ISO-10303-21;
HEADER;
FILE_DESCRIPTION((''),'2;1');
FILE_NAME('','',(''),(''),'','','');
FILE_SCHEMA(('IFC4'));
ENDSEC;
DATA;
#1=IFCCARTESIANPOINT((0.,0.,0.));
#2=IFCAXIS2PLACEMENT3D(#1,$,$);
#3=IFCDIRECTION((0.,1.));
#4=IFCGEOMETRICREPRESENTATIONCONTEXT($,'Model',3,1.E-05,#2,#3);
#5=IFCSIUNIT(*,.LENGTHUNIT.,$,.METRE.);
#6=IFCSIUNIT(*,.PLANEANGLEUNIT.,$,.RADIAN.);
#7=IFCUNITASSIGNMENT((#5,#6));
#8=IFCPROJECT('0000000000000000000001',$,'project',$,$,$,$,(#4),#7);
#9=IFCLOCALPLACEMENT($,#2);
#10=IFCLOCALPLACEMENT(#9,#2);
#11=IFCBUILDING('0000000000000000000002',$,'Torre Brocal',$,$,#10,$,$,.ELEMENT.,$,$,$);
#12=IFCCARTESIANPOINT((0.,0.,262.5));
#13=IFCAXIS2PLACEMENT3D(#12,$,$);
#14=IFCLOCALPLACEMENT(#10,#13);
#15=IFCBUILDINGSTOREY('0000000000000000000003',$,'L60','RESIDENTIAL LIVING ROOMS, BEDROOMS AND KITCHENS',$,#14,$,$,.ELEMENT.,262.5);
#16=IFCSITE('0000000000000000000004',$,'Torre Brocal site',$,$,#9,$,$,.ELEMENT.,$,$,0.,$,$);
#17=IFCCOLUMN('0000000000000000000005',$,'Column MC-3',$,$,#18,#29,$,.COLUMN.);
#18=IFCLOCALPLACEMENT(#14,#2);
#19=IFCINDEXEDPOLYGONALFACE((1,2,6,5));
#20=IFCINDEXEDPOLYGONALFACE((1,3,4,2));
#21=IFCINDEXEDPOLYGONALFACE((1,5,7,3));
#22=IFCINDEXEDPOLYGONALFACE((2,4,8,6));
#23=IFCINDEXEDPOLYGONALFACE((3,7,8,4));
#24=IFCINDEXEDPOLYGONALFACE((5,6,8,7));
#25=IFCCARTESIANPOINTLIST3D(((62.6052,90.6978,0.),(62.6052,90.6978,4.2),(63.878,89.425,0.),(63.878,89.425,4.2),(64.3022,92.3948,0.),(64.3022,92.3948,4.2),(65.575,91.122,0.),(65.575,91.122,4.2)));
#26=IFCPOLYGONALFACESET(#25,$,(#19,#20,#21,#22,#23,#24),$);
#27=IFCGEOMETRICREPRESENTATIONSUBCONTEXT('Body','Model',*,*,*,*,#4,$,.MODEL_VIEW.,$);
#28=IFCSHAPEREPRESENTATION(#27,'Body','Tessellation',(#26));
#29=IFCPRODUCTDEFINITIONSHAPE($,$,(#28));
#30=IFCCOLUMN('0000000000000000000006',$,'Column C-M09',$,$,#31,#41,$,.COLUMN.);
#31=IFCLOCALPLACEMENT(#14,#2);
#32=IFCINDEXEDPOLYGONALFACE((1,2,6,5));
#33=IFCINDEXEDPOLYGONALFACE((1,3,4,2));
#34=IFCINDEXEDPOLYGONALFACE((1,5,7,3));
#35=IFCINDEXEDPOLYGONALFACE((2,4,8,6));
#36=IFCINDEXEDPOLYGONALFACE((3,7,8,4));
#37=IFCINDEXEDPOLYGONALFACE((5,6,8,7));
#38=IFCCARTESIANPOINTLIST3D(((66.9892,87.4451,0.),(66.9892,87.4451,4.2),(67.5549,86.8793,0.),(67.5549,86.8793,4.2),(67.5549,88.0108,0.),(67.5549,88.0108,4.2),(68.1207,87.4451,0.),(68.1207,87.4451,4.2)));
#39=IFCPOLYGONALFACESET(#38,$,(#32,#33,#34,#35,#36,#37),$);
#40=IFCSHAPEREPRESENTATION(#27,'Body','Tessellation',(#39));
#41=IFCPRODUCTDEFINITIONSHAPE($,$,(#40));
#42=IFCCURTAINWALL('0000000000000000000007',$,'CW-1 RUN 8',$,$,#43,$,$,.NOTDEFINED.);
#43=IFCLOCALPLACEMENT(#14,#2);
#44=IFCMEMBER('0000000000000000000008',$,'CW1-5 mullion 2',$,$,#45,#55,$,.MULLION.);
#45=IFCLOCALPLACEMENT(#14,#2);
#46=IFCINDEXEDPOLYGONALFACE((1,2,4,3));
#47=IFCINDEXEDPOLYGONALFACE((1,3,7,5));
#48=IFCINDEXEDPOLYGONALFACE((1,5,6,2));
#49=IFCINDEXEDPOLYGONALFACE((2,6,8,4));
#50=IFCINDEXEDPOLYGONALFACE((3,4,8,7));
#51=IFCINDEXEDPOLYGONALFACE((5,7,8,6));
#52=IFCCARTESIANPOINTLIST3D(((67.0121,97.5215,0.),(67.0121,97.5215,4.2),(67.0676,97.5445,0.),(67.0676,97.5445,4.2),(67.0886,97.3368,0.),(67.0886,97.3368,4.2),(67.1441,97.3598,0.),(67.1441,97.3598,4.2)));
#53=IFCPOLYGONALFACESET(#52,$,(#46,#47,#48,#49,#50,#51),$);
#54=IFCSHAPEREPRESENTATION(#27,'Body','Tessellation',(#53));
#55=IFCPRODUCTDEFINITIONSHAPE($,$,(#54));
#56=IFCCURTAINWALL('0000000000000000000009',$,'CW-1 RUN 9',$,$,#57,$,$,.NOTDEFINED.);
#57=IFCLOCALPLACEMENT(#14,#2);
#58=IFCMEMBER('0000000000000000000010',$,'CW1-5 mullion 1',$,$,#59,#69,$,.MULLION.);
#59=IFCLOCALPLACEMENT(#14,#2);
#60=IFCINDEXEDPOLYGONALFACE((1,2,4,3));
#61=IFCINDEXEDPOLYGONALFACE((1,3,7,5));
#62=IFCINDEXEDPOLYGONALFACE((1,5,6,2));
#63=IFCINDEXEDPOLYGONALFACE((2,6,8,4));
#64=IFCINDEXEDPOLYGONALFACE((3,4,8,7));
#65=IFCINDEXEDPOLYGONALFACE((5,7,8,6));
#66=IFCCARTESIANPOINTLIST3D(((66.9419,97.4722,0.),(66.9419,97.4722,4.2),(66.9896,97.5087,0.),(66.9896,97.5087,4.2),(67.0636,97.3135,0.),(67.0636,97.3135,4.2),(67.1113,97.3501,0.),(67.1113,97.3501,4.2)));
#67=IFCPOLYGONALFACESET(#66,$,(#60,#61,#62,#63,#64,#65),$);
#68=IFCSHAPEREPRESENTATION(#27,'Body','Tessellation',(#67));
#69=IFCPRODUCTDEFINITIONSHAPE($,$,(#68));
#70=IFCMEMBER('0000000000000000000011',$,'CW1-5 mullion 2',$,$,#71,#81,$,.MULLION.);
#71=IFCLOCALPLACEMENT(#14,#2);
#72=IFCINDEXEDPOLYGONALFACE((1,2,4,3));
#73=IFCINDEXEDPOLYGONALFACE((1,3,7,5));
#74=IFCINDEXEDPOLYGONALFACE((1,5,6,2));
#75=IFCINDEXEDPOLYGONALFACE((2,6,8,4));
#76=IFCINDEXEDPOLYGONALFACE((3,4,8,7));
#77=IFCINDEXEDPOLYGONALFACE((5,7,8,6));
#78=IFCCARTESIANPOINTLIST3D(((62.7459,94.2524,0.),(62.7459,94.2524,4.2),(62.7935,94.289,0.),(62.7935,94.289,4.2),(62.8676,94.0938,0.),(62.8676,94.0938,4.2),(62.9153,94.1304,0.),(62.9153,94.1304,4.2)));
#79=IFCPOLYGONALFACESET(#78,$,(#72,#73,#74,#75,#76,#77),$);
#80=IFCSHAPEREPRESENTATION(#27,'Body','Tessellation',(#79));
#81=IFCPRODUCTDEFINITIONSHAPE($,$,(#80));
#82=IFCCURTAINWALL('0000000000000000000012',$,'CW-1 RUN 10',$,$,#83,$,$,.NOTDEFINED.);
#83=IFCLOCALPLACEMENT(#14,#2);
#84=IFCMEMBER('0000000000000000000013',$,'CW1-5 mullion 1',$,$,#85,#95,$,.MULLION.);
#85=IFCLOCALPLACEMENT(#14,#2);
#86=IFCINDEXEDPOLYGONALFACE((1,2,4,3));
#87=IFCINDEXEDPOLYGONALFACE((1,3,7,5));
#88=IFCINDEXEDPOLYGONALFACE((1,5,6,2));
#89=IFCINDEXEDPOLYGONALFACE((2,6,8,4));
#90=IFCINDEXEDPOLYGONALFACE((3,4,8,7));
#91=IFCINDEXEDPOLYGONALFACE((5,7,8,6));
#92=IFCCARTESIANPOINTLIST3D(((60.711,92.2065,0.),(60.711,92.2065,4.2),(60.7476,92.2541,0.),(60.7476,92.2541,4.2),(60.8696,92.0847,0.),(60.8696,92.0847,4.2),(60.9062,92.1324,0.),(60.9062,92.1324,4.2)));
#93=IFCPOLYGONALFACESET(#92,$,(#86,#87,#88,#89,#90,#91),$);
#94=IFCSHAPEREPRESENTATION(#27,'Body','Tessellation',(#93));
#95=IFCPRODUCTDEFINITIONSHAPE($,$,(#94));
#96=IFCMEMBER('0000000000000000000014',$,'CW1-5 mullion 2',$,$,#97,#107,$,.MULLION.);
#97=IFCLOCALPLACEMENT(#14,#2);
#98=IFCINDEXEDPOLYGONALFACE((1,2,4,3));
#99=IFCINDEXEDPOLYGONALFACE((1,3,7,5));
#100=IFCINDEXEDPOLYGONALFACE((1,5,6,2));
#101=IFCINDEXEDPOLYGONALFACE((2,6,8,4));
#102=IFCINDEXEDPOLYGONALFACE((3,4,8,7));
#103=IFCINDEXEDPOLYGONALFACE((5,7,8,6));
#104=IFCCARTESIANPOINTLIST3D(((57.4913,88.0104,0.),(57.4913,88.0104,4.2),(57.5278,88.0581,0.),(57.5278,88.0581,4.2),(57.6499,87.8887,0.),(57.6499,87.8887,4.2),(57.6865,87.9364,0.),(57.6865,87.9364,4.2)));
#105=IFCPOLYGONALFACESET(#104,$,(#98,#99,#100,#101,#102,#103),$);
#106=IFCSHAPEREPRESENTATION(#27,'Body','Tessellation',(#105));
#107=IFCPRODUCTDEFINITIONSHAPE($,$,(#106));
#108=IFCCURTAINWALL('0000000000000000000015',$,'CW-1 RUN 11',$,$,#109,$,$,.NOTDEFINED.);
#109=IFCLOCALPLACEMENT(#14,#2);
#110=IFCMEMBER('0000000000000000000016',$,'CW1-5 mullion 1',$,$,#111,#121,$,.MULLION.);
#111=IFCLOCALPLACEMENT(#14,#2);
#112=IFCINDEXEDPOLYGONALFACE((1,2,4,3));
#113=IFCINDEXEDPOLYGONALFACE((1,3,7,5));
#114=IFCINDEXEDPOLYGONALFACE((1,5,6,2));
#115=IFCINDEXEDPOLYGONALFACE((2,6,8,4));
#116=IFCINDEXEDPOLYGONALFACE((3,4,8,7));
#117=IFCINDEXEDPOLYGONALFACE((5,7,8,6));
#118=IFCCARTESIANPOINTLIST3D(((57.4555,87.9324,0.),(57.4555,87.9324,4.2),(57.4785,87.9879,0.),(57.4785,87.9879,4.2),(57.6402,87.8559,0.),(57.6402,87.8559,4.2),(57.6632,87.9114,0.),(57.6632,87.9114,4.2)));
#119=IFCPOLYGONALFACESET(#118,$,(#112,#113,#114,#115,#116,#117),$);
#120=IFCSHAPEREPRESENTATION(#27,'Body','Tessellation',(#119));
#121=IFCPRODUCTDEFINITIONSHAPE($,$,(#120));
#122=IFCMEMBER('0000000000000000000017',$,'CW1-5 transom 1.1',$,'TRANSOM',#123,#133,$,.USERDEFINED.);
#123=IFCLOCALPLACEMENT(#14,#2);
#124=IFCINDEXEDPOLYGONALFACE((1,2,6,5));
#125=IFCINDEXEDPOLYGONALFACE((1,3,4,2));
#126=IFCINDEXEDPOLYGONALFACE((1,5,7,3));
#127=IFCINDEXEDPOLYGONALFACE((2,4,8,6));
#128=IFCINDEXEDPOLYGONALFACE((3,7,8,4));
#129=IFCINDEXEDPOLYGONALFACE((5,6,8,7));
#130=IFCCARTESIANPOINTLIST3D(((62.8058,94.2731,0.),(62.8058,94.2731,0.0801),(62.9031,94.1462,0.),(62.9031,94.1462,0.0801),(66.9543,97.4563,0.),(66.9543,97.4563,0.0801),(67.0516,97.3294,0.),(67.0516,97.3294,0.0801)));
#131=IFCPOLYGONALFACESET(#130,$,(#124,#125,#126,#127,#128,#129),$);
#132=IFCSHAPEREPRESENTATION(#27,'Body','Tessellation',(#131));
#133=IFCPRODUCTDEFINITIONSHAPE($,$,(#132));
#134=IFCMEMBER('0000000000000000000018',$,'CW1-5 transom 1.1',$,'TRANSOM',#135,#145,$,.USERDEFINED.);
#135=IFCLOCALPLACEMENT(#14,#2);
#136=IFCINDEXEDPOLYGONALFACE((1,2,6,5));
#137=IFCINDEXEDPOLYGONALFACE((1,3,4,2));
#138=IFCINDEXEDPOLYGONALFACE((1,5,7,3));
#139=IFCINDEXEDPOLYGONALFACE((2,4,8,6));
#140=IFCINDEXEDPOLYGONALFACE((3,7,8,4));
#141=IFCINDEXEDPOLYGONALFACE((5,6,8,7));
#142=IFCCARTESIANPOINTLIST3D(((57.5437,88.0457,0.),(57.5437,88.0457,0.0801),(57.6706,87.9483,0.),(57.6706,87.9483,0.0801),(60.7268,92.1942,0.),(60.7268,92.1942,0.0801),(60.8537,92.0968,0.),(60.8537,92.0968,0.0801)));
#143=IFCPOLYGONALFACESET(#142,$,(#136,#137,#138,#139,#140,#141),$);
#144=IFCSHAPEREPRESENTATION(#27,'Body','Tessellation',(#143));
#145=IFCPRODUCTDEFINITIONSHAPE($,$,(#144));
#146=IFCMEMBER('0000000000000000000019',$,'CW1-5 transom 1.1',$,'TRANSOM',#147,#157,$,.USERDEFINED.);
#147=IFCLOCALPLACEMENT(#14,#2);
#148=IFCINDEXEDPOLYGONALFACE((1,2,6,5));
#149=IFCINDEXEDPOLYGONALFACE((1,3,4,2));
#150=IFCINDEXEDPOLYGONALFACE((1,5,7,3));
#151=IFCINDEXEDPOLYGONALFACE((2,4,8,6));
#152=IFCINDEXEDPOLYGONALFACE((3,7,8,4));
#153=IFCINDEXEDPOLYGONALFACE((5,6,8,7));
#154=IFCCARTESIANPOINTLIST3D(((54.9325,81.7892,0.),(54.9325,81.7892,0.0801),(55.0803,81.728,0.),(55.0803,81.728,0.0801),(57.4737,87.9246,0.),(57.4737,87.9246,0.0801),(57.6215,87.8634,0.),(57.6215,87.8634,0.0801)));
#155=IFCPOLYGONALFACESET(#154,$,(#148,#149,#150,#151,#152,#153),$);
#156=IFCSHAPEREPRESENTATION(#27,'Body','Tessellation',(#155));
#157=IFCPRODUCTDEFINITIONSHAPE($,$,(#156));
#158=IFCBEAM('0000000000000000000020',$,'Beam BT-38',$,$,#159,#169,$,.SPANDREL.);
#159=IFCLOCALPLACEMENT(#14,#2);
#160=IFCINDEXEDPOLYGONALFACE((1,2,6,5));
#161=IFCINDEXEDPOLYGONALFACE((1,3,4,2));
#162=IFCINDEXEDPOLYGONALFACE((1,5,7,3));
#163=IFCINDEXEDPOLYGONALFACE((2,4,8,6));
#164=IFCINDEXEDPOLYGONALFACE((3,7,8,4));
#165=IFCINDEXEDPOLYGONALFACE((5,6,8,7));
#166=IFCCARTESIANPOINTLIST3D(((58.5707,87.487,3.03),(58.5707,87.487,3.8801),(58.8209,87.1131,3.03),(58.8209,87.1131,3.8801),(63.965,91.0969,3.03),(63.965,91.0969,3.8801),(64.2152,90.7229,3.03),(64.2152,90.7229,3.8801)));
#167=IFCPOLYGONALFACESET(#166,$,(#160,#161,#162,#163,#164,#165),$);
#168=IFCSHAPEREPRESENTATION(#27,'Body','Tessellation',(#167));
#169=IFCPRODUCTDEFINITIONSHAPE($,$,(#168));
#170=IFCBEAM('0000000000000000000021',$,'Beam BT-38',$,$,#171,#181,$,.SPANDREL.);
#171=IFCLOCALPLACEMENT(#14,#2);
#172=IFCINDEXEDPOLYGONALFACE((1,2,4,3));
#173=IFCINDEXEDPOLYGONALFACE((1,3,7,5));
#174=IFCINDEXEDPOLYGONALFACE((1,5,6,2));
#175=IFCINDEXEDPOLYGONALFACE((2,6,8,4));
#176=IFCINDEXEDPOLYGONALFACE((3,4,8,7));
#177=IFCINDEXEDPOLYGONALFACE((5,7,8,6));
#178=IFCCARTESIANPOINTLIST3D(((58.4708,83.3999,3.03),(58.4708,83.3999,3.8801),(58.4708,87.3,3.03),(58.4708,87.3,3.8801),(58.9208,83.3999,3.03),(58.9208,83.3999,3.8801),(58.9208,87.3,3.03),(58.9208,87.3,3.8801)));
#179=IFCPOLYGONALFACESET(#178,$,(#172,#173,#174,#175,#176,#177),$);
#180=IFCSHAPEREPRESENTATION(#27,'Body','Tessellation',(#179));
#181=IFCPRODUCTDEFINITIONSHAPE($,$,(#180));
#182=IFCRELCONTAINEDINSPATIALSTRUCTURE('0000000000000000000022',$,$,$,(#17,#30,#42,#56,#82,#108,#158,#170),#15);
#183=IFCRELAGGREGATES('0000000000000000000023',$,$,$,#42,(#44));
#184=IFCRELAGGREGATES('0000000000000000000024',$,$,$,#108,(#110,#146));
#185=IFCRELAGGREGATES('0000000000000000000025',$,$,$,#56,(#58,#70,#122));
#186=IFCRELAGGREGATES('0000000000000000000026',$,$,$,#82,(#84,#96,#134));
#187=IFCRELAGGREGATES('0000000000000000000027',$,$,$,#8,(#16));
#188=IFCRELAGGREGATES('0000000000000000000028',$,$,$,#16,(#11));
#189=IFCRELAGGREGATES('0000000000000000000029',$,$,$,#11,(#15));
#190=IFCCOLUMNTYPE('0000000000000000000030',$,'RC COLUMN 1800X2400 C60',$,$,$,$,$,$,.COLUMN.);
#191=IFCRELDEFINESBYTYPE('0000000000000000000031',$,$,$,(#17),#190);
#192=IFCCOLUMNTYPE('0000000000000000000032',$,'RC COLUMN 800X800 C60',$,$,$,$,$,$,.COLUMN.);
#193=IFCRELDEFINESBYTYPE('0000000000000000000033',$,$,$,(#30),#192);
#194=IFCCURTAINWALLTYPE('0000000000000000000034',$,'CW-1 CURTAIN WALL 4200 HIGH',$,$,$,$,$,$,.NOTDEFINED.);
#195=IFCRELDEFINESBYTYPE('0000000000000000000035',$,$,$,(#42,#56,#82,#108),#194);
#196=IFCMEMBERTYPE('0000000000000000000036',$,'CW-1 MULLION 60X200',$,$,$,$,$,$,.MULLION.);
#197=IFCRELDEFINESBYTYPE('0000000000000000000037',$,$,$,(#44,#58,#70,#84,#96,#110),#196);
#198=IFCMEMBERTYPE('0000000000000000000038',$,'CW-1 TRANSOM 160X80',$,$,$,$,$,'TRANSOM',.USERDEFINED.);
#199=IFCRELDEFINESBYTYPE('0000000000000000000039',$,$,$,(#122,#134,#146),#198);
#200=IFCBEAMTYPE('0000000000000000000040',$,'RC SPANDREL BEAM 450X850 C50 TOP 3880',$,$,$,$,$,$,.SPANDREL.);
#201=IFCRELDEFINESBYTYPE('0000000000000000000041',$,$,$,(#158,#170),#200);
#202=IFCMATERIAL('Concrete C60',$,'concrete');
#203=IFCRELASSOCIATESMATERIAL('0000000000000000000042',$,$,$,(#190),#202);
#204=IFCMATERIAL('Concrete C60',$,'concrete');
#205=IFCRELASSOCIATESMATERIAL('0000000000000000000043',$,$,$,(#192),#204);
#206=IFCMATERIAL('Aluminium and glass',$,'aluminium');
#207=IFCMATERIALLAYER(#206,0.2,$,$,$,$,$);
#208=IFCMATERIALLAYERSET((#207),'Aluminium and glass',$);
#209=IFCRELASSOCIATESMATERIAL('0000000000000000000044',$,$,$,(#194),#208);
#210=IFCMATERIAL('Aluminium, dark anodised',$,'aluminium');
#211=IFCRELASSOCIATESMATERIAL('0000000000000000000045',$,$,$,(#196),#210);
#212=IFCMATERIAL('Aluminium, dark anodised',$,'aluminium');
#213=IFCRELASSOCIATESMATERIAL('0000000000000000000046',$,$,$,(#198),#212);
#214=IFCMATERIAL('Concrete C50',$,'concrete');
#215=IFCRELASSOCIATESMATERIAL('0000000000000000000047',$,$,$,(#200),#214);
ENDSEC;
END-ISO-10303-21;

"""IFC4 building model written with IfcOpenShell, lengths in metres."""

from ifc_helpers import new_model, si_unit, direction, frame, origin, origin_2d, place, context, subcontext, project, spatial, rectangle, extrude, material, layer, layer_set, material_profile, profile_set, type_object, element, aggregate, save


model = new_model("IFC4")

# Units and contexts
model_context = context("Model", 3, precision=1e-05, world=origin(), true_north=direction((0.0, 1.0)))
body_context = subcontext(model_context, "Body", "Model", "MODEL_VIEW")
ifc_project = project(units=[si_unit("LENGTHUNIT", "METRE"), si_unit("PLANEANGLEUNIT", "RADIAN")], contexts=[model_context])

# Site, building, storey
site_placement = place(None, origin())
site = spatial("IfcSite", under=ifc_project, at=site_placement, Name="Torre Brocal site", CompositionType="ELEMENT", RefElevation=0.0)
building_placement = place(site_placement, origin())
building = spatial("IfcBuilding", under=site, at=building_placement, Name="Torre Brocal", CompositionType="ELEMENT")
storey_placement = place(building_placement, frame((0.0, 0.0, 262.5)))
storey = spatial("IfcBuildingStorey", under=building, at=storey_placement, Name="L60", Description="RESIDENTIAL LIVING ROOMS, BEDROOMS AND KITCHENS", CompositionType="ELEMENT", Elevation=262.5)

# Columns
ifc_material_1 = material(Name="Concrete C60", Category="concrete")
ifc_material_profile_1 = material_profile(ifc_material_1, rectangle(XDim=1.8, YDim=2.3999, at=origin_2d()), Name="RC 1800X2400")
ifc_profile_set_1 = profile_set([ifc_material_profile_1], Name="Concrete C60")
column_type_1 = type_object("IfcColumnType", Name="RC COLUMN 1800X2400 C60", PredefinedType="COLUMN", material=ifc_profile_set_1)
column_1_placement = place(storey_placement, frame((64.0901, 90.9099, 0.0), z_axis=(0.0, 0.0, 1.0), x_axis=(-0.707107, 0.707107, 0.0)))
element("IfcColumn", 1, at=column_1_placement, inside=storey, type_object=column_type_1, Name="Column MC-3", PredefinedType="COLUMN", context=body_context, shape_type="SweptSolid", body=[
    extrude(rectangle(XDim=1.8, YDim=2.3999, at=origin_2d()), origin(), (0.0, 0.0, 1.0), 4.2),
])
ifc_material_2 = material(Name="Concrete C60", Category="concrete")
ifc_material_profile_2 = material_profile(ifc_material_2, rectangle(XDim=0.8, YDim=0.8, at=origin_2d()), Name="RC 800X800")
ifc_profile_set_2 = profile_set([ifc_material_profile_2], Name="Concrete C60")
column_type_2 = type_object("IfcColumnType", Name="RC COLUMN 800X800 C60", PredefinedType="COLUMN", material=ifc_profile_set_2)
column_2_placement = place(storey_placement, frame((67.5549, 87.4451, 0.0), z_axis=(0.0, 0.0, 1.0), x_axis=(-0.707107, 0.707107, 0.0)))
element("IfcColumn", 2, at=column_2_placement, inside=storey, type_object=column_type_2, Name="Column C-M09", PredefinedType="COLUMN", context=body_context, shape_type="SweptSolid", body=[
    extrude(rectangle(XDim=0.8, YDim=0.8, at=origin_2d()), origin(), (0.0, 0.0, 1.0), 4.2),
])

# Curtain wall, member
ifc_material_3 = material(Name="Aluminium and glass", Category="aluminium")
ifc_layer_1 = layer(ifc_material_3, 0.2)
ifc_layer_set_1 = layer_set([ifc_layer_1], Name="Aluminium and glass")
curtain_wall_type = type_object("IfcCurtainWallType", Name="CW-1 CURTAIN WALL 4200 HIGH", PredefinedType="NOTDEFINED", material=ifc_layer_set_1)
curtain_wall_1_placement = place(storey_placement, origin())
curtain_wall_1 = element("IfcCurtainWall", 3, at=curtain_wall_1_placement, inside=storey, type_object=curtain_wall_type, Name="CW-1 RUN 8", PredefinedType="NOTDEFINED")
ifc_material_4 = material(Name="Aluminium, dark anodised", Category="aluminium")
ifc_material_profile_3 = material_profile(ifc_material_4, rectangle(XDim=0.2, YDim=0.0601, at=origin_2d()), Name="CW-1 MULLION 60X200")
ifc_profile_set_3 = profile_set([ifc_material_profile_3], Name="Aluminium, dark anodised")
member_type_1 = type_object("IfcMemberType", Name="CW-1 MULLION 60X200", PredefinedType="MULLION", material=ifc_profile_set_3)
member_1_placement = place(storey_placement, frame((67.0781, 97.4407, 0.0), z_axis=(0.0, 0.0, 1.0), x_axis=(0.382683, -0.92388, 0.0)))
member_1 = element("IfcMember", 4, at=member_1_placement, type_object=member_type_1, Name="CW1-5 mullion 2", PredefinedType="MULLION", context=body_context, shape_type="SweptSolid", body=[
    extrude(rectangle(XDim=0.2, YDim=0.0601, at=origin_2d()), origin(), (0.0, 0.0, 1.0), 4.2),
])
aggregate(curtain_wall_1, [member_1])

# Curtain walls, members
curtain_wall_2_placement = place(storey_placement, origin())
curtain_wall_2 = element("IfcCurtainWall", 5, at=curtain_wall_2_placement, inside=storey, type_object=curtain_wall_type, Name="CW-1 RUN 9", PredefinedType="NOTDEFINED")
member_2_placement = place(storey_placement, frame((67.0266, 97.4111, 0.0), z_axis=(0.0, 0.0, 1.0), x_axis=(0.608761, -0.793353, 0.0)))
member_2 = element("IfcMember", 6, at=member_2_placement, type_object=member_type_1, Name="CW1-5 mullion 1", PredefinedType="MULLION", context=body_context, shape_type="SweptSolid", body=[
    extrude(rectangle(XDim=0.2, YDim=0.0601, at=origin_2d()), origin(), (0.0, 0.0, 1.0), 4.2),
])
member_3_placement = place(storey_placement, frame((62.8306, 94.1914, 0.0), z_axis=(0.0, 0.0, 1.0), x_axis=(0.608761, -0.793353, 0.0)))
member_3 = element("IfcMember", 7, at=member_3_placement, type_object=member_type_1, Name="CW1-5 mullion 2", PredefinedType="MULLION", context=body_context, shape_type="SweptSolid", body=[
    extrude(rectangle(XDim=0.2, YDim=0.0601, at=origin_2d()), origin(), (0.0, 0.0, 1.0), 4.2),
])
curtain_wall_3_placement = place(storey_placement, origin())
curtain_wall_3 = element("IfcCurtainWall", 8, at=curtain_wall_3_placement, inside=storey, type_object=curtain_wall_type, Name="CW-1 RUN 10", PredefinedType="NOTDEFINED")
member_4_placement = place(storey_placement, frame((60.8086, 92.1694, 0.0), z_axis=(0.0, 0.0, 1.0), x_axis=(0.793353, -0.608761, 0.0)))
member_4 = element("IfcMember", 9, at=member_4_placement, type_object=member_type_1, Name="CW1-5 mullion 1", PredefinedType="MULLION", context=body_context, shape_type="SweptSolid", body=[
    extrude(rectangle(XDim=0.2, YDim=0.0601, at=origin_2d()), origin(), (0.0, 0.0, 1.0), 4.2),
])
member_5_placement = place(storey_placement, frame((57.5889, 87.9734, 0.0), z_axis=(0.0, 0.0, 1.0), x_axis=(0.793353, -0.608761, 0.0)))
member_5 = element("IfcMember", 10, at=member_5_placement, type_object=member_type_1, Name="CW1-5 mullion 2", PredefinedType="MULLION", context=body_context, shape_type="SweptSolid", body=[
    extrude(rectangle(XDim=0.2, YDim=0.0601, at=origin_2d()), origin(), (0.0, 0.0, 1.0), 4.2),
])

# Curtain wall, member
curtain_wall_4_placement = place(storey_placement, origin())
curtain_wall_4 = element("IfcCurtainWall", 11, at=curtain_wall_4_placement, inside=storey, type_object=curtain_wall_type, Name="CW-1 RUN 11", PredefinedType="NOTDEFINED")
member_6_placement = place(storey_placement, frame((57.5593, 87.9219, 0.0), z_axis=(0.0, 0.0, 1.0), x_axis=(0.92388, -0.382683, 0.0)))
member_6 = element("IfcMember", 12, at=member_6_placement, type_object=member_type_1, Name="CW1-5 mullion 1", PredefinedType="MULLION", context=body_context, shape_type="SweptSolid", body=[
    extrude(rectangle(XDim=0.2, YDim=0.0601, at=origin_2d()), origin(), (0.0, 0.0, 1.0), 4.2),
])

# Members
ifc_material_5 = material(Name="Aluminium, dark anodised", Category="aluminium")
ifc_material_profile_4 = material_profile(ifc_material_5, rectangle(XDim=0.1599, YDim=0.0801, at=origin_2d()), Name="CW-1 TRANSOM 160X80")
ifc_profile_set_4 = profile_set([ifc_material_profile_4], Name="Aluminium, dark anodised")
member_type_2 = type_object("IfcMemberType", Name="CW-1 TRANSOM 160X80", ElementType="TRANSOM", PredefinedType="USERDEFINED", material=ifc_profile_set_4)
member_7_placement = place(storey_placement, frame((67.0029, 97.3928, 0.04), z_axis=(-0.793363, -0.608749, 0.0), x_axis=(0.608749, -0.793363, 0.0)))
member_7 = element("IfcMember", 13, at=member_7_placement, type_object=member_type_2, Name="CW1-5 transom 1.1", ObjectType="TRANSOM", PredefinedType="USERDEFINED", context=body_context, shape_type="SweptSolid", body=[
    extrude(rectangle(XDim=0.1599, YDim=0.0801, at=origin_2d()), origin(), (0.0, 0.0, 1.0), 5.229),
])
member_8_placement = place(storey_placement, frame((60.7903, 92.1455, 0.04), z_axis=(-0.608749, -0.793363, 0.0), x_axis=(0.793363, -0.608749, 0.0)))
member_8 = element("IfcMember", 14, at=member_8_placement, type_object=member_type_2, Name="CW1-5 transom 1.1", ObjectType="TRANSOM", PredefinedType="USERDEFINED", context=body_context, shape_type="SweptSolid", body=[
    extrude(rectangle(XDim=0.1599, YDim=0.0801, at=origin_2d()), origin(), (0.0, 0.0, 1.0), 5.229),
])
member_9_placement = place(storey_placement, frame((57.5476, 87.894, 0.04), z_axis=(-0.382665, -0.923887, 0.0), x_axis=(0.923887, -0.382665, 0.0)))
member_9 = element("IfcMember", 15, at=member_9_placement, type_object=member_type_2, Name="CW1-5 transom 1.1", ObjectType="TRANSOM", PredefinedType="USERDEFINED", context=body_context, shape_type="SweptSolid", body=[
    extrude(rectangle(XDim=0.1599, YDim=0.0801, at=origin_2d()), origin(), (0.0, 0.0, 1.0), 6.6409),
])
aggregate(curtain_wall_4, [member_6, member_9])

# Beams
ifc_material_6 = material(Name="Concrete C50", Category="concrete")
ifc_material_profile_5 = material_profile(ifc_material_6, rectangle(XDim=0.45, YDim=0.8501, at=origin_2d()), Name="RC 450X850")
ifc_profile_set_5 = profile_set([ifc_material_profile_5], Name="Concrete C50")
beam_type = type_object("IfcBeamType", Name="RC SPANDREL BEAM 450X850 C50 TOP 3880", PredefinedType="SPANDREL", material=ifc_profile_set_5)
beam_1_placement = place(storey_placement, frame((64.0901, 90.9099, 3.4551), z_axis=(-0.831077, -0.556158, 0.0), x_axis=(0.556158, -0.831077, 0.0)))
element("IfcBeam", 16, at=beam_1_placement, inside=storey, type_object=beam_type, Name="Beam BT-38", PredefinedType="SPANDREL", context=body_context, shape_type="SweptSolid", body=[
    extrude(rectangle(XDim=0.45, YDim=0.8501, at=origin_2d()), origin(), (0.0, 0.0, 1.0), 6.4907),
])
beam_2_placement = place(storey_placement, frame((58.6958, 87.3, 3.4551), z_axis=(0.0, -1.0, 0.0), x_axis=(1.0, 0.0, 0.0)))
element("IfcBeam", 17, at=beam_2_placement, inside=storey, type_object=beam_type, Name="Beam BT-38", PredefinedType="SPANDREL", context=body_context, shape_type="SweptSolid", body=[
    extrude(rectangle(XDim=0.45, YDim=0.8501, at=origin_2d()), origin(), (0.0, 0.0, 1.0), 3.9001),
])

aggregate(curtain_wall_2, [member_2, member_3, member_7])
aggregate(curtain_wall_3, [member_4, member_5, member_8])

save(model, "model.ifc")
